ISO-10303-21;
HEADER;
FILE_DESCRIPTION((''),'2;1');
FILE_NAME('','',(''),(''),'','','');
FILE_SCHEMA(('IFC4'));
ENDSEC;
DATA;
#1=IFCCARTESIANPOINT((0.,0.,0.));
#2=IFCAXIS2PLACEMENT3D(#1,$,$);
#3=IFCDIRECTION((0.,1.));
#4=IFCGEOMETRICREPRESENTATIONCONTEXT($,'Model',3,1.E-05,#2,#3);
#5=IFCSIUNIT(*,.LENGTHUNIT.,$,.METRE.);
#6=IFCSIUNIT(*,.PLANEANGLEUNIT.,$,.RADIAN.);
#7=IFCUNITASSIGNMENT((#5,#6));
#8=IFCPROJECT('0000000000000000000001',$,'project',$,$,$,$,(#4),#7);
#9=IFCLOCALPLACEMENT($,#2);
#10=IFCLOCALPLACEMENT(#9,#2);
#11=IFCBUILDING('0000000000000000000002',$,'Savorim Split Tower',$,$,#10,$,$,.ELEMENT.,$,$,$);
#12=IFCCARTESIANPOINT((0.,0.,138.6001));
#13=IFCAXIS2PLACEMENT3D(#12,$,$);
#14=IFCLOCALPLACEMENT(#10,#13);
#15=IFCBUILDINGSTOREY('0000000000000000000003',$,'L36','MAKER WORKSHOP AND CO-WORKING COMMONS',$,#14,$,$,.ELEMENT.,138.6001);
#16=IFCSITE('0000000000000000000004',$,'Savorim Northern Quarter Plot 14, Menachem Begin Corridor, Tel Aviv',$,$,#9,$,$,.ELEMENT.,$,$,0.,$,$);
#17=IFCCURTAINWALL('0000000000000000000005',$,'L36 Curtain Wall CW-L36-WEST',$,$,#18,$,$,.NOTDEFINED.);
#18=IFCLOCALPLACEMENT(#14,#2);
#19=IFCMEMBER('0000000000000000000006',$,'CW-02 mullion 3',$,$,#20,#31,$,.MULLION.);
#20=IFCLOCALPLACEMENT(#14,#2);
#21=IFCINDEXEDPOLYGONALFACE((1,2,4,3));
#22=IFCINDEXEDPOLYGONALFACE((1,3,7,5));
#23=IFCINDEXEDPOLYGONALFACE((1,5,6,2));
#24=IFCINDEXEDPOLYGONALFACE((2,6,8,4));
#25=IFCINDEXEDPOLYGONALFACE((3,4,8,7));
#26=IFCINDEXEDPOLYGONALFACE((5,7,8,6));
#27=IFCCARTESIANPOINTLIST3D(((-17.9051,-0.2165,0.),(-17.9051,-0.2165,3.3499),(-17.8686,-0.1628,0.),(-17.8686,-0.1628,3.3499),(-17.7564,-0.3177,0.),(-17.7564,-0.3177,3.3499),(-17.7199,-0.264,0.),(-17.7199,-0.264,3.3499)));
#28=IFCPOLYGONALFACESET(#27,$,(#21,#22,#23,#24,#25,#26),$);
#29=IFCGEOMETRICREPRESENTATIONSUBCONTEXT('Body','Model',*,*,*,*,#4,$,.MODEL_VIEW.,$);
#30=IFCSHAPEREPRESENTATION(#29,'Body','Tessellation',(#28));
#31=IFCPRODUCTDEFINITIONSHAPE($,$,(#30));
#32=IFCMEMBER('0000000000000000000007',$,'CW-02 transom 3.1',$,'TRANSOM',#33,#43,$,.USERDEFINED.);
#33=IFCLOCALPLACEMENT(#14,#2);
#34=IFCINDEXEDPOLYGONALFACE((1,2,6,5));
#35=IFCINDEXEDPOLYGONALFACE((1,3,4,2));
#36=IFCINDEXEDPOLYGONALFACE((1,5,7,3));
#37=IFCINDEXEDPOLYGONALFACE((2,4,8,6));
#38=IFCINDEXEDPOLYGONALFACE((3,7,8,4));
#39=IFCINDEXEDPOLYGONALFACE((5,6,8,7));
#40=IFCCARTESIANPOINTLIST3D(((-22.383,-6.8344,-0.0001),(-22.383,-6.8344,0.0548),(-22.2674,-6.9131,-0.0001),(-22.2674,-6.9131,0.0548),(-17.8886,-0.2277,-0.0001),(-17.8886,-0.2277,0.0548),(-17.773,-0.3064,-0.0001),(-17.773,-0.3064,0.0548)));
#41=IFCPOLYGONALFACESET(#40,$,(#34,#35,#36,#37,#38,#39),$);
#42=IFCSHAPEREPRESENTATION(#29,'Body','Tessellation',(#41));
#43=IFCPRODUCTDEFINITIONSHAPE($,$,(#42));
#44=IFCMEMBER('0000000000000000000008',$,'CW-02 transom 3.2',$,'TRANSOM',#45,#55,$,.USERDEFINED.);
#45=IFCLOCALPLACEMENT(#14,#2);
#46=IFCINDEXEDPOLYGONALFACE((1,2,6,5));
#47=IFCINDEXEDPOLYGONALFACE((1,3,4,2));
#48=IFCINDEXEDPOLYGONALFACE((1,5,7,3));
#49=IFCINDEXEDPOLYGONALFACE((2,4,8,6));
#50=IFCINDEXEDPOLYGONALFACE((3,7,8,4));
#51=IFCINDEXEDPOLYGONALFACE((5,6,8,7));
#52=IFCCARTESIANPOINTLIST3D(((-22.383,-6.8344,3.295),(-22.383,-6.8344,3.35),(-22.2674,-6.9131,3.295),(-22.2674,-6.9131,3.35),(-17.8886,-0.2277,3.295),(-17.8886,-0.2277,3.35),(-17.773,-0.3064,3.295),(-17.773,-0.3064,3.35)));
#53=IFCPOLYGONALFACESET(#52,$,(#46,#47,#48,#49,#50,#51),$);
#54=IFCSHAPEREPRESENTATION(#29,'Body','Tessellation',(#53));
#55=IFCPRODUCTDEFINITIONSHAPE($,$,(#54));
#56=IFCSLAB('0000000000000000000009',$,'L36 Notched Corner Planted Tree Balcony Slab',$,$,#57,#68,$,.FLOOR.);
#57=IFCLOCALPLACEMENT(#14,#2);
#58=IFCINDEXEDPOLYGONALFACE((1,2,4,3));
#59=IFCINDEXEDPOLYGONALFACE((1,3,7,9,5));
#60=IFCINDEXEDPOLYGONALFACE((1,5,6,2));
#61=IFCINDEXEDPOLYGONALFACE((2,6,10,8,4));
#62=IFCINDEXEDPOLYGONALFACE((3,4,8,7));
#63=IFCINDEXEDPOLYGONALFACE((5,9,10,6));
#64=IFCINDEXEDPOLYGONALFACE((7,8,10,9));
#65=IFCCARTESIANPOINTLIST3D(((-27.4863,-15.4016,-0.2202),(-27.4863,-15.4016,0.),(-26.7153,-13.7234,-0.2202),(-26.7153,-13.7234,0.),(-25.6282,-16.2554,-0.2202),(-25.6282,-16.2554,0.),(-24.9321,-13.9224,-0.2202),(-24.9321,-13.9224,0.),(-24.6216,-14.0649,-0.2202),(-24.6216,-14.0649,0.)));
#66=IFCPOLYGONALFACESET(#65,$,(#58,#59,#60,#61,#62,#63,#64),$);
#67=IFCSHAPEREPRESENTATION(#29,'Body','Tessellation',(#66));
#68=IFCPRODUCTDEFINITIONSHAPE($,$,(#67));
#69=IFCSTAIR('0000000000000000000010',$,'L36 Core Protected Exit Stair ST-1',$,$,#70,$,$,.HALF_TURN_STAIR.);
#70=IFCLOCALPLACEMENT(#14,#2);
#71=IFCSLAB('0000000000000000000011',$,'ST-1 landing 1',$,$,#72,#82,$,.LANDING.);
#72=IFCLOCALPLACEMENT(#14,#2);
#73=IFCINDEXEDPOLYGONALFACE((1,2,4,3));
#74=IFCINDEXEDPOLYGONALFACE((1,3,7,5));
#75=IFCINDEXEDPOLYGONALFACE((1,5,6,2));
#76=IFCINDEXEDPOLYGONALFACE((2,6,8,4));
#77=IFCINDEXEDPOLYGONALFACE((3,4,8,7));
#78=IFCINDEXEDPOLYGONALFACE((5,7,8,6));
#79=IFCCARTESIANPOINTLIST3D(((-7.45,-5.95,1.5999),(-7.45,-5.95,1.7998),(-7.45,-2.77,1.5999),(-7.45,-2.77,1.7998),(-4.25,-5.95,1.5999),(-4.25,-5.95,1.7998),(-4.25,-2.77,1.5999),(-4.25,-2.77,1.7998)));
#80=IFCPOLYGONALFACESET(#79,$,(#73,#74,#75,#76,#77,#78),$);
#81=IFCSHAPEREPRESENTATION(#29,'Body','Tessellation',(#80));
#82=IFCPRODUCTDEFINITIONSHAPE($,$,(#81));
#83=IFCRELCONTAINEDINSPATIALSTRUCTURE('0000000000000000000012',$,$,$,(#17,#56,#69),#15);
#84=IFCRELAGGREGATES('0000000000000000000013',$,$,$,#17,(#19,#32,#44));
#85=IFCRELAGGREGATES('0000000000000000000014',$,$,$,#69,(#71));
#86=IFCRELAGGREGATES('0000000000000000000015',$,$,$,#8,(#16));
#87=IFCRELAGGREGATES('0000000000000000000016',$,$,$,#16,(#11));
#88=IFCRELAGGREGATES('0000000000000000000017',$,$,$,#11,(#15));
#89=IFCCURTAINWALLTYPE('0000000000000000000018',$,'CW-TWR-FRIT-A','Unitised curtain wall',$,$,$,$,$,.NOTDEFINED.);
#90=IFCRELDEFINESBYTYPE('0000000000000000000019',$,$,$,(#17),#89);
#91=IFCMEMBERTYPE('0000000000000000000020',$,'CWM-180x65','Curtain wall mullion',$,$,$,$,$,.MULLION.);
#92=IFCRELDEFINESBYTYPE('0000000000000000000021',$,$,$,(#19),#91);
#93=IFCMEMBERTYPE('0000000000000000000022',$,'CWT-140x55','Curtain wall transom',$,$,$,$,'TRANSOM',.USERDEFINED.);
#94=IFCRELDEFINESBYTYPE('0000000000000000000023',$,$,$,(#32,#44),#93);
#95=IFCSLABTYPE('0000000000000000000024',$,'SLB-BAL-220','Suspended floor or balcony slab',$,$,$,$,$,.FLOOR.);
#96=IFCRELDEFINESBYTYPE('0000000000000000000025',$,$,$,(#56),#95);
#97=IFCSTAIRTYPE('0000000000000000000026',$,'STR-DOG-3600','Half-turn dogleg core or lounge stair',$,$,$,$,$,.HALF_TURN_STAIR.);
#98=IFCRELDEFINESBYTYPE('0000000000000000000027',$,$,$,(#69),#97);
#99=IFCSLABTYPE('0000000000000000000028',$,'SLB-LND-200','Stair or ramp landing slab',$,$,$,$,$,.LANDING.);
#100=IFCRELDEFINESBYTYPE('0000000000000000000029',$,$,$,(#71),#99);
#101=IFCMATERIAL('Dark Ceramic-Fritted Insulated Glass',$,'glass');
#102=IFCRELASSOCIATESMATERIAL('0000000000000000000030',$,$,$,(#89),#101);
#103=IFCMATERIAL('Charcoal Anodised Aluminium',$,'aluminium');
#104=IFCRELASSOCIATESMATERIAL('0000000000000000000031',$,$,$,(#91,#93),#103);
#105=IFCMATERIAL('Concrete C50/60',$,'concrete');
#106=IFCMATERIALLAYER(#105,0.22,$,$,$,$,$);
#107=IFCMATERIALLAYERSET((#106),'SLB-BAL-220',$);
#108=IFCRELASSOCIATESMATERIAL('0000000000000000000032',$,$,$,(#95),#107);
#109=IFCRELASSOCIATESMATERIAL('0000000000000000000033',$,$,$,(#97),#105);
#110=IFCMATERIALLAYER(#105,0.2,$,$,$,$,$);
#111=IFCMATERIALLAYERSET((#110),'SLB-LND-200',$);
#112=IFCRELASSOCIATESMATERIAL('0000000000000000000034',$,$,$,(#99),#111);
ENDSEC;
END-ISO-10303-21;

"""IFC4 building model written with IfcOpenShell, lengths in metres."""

from ifc_helpers import new_model, si_unit, direction, frame, origin, origin_2d, place, context, subcontext, project, spatial, polyline, rectangle, outline, extrude, material, layer, layer_set, material_profile, profile_set, type_object, element, aggregate, save


model = new_model("IFC4")

# Units and contexts
model_context = context("Model", 3, precision=1e-05, world=origin(), true_north=direction((0.0, 1.0)))
body_context = subcontext(model_context, "Body", "Model", "MODEL_VIEW")
ifc_project = project(units=[si_unit("LENGTHUNIT", "METRE"), si_unit("PLANEANGLEUNIT", "RADIAN")], contexts=[model_context])

# Site, building, storey
site_placement = place(None, origin())
site = spatial("IfcSite", under=ifc_project, at=site_placement, Name="Savorim Northern Quarter Plot 14, Menachem Begin Corridor, Tel Aviv", CompositionType="ELEMENT", RefElevation=0.0)
building_placement = place(site_placement, origin())
building = spatial("IfcBuilding", under=site, at=building_placement, Name="Savorim Split Tower", CompositionType="ELEMENT")
storey_placement = place(building_placement, frame((0.0, 0.0, 138.6001)))
storey = spatial("IfcBuildingStorey", under=building, at=storey_placement, Name="L36", Description="MAKER WORKSHOP AND CO-WORKING COMMONS", CompositionType="ELEMENT", Elevation=138.6001)

# Curtain wall, members
ifc_material_1 = material(Name="Dark Ceramic-Fritted Insulated Glass", Category="glass")
curtain_wall_type = type_object("IfcCurtainWallType", Name="CW-TWR-FRIT-A", Description="Unitised curtain wall", PredefinedType="NOTDEFINED", material=ifc_material_1)
curtain_wall_placement = place(storey_placement, origin())
curtain_wall = element("IfcCurtainWall", 1, at=curtain_wall_placement, inside=storey, type_object=curtain_wall_type, Name="L36 Curtain Wall CW-L36-WEST", PredefinedType="NOTDEFINED")
ifc_material_2 = material(Name="Charcoal Anodised Aluminium", Category="aluminium")
ifc_material_profile_1 = material_profile(ifc_material_2, rectangle(XDim=0.1799, YDim=0.0649, at=origin_2d()), Name="ALU-M 180x65")
ifc_profile_set_1 = profile_set([ifc_material_profile_1], Name="Charcoal Anodised Aluminium")
member_type_1 = type_object("IfcMemberType", Name="CWM-180x65", Description="Curtain wall mullion", PredefinedType="MULLION", material=ifc_profile_set_1)
member_1_placement = place(storey_placement, frame((-17.8125, -0.2402, 0.0), z_axis=(0.0, 0.0, 1.0), x_axis=(0.82682, -0.562466, 0.0)))
member_1 = element("IfcMember", 2, at=member_1_placement, type_object=member_type_1, Name="CW-02 mullion 3", PredefinedType="MULLION", context=body_context, shape_type="SweptSolid", body=[
    extrude(rectangle(XDim=0.1799, YDim=0.0649, at=origin_2d()), origin(), (0.0, 0.0, 1.0), 3.3499),
])
ifc_material_profile_2 = material_profile(ifc_material_2, rectangle(XDim=0.1399, YDim=0.0549, at=origin_2d()), Name="ALU-T 140x55")
ifc_profile_set_2 = profile_set([ifc_material_profile_2], Name="Charcoal Anodised Aluminium")
member_type_2 = type_object("IfcMemberType", Name="CWT-140x55", Description="Curtain wall transom", ElementType="TRANSOM", PredefinedType="USERDEFINED", material=ifc_profile_set_2)
member_2_placement = place(storey_placement, frame((-17.8308, -0.2671, 0.0273), z_axis=(-0.562467, -0.82682, 0.0), x_axis=(0.82682, -0.562467, 0.0)))
member_2 = element("IfcMember", 3, at=member_2_placement, type_object=member_type_2, Name="CW-02 transom 3.1", ObjectType="TRANSOM", PredefinedType="USERDEFINED", context=body_context, shape_type="SweptSolid", body=[
    extrude(rectangle(XDim=0.1399, YDim=0.0549, at=origin_2d()), origin(), (0.0, 0.0, 1.0), 7.9905),
])
member_3_placement = place(storey_placement, frame((-17.8308, -0.2671, 3.3225), z_axis=(-0.562467, -0.82682, 0.0), x_axis=(0.82682, -0.562467, 0.0)))
member_3 = element("IfcMember", 4, at=member_3_placement, type_object=member_type_2, Name="CW-02 transom 3.2", ObjectType="TRANSOM", PredefinedType="USERDEFINED", context=body_context, shape_type="SweptSolid", body=[
    extrude(rectangle(XDim=0.1399, YDim=0.0549, at=origin_2d()), origin(), (0.0, 0.0, 1.0), 7.9905),
])
aggregate(curtain_wall, [member_1, member_2, member_3])

# Slab
ifc_material_3 = material(Name="Concrete C50/60", Category="concrete")
ifc_layer_1 = layer(ifc_material_3, 0.22)
ifc_layer_set_1 = layer_set([ifc_layer_1], Name="SLB-BAL-220")
slab_type_1 = type_object("IfcSlabType", Name="SLB-BAL-220", Description="Suspended floor or balcony slab", PredefinedType="FLOOR", material=ifc_layer_set_1)
slab_1_placement = place(storey_placement, frame((0.0, 0.0, -0.2202)))
element("IfcSlab", 5, at=slab_1_placement, inside=storey, type_object=slab_type_1, Name="L36 Notched Corner Planted Tree Balcony Slab", PredefinedType="FLOOR", context=body_context, shape_type="SweptSolid", body=[
    extrude(outline(polyline([(-25.6282, -16.2554), (-24.6216, -14.0649), (-24.9321, -13.9224), (-26.7153, -13.7234), (-27.4863, -15.4016), (-25.6282, -16.2554)])), origin(), (0.0, 0.0, 1.0), 0.2202),
])

# Stair, slab
stair_type = type_object("IfcStairType", Name="STR-DOG-3600", Description="Half-turn dogleg core or lounge stair", PredefinedType="HALF_TURN_STAIR", material=ifc_material_3)
stair_placement = place(storey_placement, origin())
stair = element("IfcStair", 6, at=stair_placement, inside=storey, type_object=stair_type, Name="L36 Core Protected Exit Stair ST-1", PredefinedType="HALF_TURN_STAIR")
ifc_layer_2 = layer(ifc_material_3, 0.2)
ifc_layer_set_2 = layer_set([ifc_layer_2], Name="SLB-LND-200")
slab_type_2 = type_object("IfcSlabType", Name="SLB-LND-200", Description="Stair or ramp landing slab", PredefinedType="LANDING", material=ifc_layer_set_2)
slab_2_placement = place(storey_placement, frame((0.0, 0.0, 1.5999)))
slab_2 = element("IfcSlab", 7, at=slab_2_placement, type_object=slab_type_2, Name="ST-1 landing 1", PredefinedType="LANDING", context=body_context, shape_type="SweptSolid", body=[
    extrude(outline(polyline([(-7.45, -2.77), (-7.45, -5.95), (-4.25, -5.95), (-4.25, -2.77), (-7.45, -2.77)])), origin(), (0.0, 0.0, 1.0), 0.2),
])

aggregate(stair, [slab_2])

save(model, "model.ifc")
